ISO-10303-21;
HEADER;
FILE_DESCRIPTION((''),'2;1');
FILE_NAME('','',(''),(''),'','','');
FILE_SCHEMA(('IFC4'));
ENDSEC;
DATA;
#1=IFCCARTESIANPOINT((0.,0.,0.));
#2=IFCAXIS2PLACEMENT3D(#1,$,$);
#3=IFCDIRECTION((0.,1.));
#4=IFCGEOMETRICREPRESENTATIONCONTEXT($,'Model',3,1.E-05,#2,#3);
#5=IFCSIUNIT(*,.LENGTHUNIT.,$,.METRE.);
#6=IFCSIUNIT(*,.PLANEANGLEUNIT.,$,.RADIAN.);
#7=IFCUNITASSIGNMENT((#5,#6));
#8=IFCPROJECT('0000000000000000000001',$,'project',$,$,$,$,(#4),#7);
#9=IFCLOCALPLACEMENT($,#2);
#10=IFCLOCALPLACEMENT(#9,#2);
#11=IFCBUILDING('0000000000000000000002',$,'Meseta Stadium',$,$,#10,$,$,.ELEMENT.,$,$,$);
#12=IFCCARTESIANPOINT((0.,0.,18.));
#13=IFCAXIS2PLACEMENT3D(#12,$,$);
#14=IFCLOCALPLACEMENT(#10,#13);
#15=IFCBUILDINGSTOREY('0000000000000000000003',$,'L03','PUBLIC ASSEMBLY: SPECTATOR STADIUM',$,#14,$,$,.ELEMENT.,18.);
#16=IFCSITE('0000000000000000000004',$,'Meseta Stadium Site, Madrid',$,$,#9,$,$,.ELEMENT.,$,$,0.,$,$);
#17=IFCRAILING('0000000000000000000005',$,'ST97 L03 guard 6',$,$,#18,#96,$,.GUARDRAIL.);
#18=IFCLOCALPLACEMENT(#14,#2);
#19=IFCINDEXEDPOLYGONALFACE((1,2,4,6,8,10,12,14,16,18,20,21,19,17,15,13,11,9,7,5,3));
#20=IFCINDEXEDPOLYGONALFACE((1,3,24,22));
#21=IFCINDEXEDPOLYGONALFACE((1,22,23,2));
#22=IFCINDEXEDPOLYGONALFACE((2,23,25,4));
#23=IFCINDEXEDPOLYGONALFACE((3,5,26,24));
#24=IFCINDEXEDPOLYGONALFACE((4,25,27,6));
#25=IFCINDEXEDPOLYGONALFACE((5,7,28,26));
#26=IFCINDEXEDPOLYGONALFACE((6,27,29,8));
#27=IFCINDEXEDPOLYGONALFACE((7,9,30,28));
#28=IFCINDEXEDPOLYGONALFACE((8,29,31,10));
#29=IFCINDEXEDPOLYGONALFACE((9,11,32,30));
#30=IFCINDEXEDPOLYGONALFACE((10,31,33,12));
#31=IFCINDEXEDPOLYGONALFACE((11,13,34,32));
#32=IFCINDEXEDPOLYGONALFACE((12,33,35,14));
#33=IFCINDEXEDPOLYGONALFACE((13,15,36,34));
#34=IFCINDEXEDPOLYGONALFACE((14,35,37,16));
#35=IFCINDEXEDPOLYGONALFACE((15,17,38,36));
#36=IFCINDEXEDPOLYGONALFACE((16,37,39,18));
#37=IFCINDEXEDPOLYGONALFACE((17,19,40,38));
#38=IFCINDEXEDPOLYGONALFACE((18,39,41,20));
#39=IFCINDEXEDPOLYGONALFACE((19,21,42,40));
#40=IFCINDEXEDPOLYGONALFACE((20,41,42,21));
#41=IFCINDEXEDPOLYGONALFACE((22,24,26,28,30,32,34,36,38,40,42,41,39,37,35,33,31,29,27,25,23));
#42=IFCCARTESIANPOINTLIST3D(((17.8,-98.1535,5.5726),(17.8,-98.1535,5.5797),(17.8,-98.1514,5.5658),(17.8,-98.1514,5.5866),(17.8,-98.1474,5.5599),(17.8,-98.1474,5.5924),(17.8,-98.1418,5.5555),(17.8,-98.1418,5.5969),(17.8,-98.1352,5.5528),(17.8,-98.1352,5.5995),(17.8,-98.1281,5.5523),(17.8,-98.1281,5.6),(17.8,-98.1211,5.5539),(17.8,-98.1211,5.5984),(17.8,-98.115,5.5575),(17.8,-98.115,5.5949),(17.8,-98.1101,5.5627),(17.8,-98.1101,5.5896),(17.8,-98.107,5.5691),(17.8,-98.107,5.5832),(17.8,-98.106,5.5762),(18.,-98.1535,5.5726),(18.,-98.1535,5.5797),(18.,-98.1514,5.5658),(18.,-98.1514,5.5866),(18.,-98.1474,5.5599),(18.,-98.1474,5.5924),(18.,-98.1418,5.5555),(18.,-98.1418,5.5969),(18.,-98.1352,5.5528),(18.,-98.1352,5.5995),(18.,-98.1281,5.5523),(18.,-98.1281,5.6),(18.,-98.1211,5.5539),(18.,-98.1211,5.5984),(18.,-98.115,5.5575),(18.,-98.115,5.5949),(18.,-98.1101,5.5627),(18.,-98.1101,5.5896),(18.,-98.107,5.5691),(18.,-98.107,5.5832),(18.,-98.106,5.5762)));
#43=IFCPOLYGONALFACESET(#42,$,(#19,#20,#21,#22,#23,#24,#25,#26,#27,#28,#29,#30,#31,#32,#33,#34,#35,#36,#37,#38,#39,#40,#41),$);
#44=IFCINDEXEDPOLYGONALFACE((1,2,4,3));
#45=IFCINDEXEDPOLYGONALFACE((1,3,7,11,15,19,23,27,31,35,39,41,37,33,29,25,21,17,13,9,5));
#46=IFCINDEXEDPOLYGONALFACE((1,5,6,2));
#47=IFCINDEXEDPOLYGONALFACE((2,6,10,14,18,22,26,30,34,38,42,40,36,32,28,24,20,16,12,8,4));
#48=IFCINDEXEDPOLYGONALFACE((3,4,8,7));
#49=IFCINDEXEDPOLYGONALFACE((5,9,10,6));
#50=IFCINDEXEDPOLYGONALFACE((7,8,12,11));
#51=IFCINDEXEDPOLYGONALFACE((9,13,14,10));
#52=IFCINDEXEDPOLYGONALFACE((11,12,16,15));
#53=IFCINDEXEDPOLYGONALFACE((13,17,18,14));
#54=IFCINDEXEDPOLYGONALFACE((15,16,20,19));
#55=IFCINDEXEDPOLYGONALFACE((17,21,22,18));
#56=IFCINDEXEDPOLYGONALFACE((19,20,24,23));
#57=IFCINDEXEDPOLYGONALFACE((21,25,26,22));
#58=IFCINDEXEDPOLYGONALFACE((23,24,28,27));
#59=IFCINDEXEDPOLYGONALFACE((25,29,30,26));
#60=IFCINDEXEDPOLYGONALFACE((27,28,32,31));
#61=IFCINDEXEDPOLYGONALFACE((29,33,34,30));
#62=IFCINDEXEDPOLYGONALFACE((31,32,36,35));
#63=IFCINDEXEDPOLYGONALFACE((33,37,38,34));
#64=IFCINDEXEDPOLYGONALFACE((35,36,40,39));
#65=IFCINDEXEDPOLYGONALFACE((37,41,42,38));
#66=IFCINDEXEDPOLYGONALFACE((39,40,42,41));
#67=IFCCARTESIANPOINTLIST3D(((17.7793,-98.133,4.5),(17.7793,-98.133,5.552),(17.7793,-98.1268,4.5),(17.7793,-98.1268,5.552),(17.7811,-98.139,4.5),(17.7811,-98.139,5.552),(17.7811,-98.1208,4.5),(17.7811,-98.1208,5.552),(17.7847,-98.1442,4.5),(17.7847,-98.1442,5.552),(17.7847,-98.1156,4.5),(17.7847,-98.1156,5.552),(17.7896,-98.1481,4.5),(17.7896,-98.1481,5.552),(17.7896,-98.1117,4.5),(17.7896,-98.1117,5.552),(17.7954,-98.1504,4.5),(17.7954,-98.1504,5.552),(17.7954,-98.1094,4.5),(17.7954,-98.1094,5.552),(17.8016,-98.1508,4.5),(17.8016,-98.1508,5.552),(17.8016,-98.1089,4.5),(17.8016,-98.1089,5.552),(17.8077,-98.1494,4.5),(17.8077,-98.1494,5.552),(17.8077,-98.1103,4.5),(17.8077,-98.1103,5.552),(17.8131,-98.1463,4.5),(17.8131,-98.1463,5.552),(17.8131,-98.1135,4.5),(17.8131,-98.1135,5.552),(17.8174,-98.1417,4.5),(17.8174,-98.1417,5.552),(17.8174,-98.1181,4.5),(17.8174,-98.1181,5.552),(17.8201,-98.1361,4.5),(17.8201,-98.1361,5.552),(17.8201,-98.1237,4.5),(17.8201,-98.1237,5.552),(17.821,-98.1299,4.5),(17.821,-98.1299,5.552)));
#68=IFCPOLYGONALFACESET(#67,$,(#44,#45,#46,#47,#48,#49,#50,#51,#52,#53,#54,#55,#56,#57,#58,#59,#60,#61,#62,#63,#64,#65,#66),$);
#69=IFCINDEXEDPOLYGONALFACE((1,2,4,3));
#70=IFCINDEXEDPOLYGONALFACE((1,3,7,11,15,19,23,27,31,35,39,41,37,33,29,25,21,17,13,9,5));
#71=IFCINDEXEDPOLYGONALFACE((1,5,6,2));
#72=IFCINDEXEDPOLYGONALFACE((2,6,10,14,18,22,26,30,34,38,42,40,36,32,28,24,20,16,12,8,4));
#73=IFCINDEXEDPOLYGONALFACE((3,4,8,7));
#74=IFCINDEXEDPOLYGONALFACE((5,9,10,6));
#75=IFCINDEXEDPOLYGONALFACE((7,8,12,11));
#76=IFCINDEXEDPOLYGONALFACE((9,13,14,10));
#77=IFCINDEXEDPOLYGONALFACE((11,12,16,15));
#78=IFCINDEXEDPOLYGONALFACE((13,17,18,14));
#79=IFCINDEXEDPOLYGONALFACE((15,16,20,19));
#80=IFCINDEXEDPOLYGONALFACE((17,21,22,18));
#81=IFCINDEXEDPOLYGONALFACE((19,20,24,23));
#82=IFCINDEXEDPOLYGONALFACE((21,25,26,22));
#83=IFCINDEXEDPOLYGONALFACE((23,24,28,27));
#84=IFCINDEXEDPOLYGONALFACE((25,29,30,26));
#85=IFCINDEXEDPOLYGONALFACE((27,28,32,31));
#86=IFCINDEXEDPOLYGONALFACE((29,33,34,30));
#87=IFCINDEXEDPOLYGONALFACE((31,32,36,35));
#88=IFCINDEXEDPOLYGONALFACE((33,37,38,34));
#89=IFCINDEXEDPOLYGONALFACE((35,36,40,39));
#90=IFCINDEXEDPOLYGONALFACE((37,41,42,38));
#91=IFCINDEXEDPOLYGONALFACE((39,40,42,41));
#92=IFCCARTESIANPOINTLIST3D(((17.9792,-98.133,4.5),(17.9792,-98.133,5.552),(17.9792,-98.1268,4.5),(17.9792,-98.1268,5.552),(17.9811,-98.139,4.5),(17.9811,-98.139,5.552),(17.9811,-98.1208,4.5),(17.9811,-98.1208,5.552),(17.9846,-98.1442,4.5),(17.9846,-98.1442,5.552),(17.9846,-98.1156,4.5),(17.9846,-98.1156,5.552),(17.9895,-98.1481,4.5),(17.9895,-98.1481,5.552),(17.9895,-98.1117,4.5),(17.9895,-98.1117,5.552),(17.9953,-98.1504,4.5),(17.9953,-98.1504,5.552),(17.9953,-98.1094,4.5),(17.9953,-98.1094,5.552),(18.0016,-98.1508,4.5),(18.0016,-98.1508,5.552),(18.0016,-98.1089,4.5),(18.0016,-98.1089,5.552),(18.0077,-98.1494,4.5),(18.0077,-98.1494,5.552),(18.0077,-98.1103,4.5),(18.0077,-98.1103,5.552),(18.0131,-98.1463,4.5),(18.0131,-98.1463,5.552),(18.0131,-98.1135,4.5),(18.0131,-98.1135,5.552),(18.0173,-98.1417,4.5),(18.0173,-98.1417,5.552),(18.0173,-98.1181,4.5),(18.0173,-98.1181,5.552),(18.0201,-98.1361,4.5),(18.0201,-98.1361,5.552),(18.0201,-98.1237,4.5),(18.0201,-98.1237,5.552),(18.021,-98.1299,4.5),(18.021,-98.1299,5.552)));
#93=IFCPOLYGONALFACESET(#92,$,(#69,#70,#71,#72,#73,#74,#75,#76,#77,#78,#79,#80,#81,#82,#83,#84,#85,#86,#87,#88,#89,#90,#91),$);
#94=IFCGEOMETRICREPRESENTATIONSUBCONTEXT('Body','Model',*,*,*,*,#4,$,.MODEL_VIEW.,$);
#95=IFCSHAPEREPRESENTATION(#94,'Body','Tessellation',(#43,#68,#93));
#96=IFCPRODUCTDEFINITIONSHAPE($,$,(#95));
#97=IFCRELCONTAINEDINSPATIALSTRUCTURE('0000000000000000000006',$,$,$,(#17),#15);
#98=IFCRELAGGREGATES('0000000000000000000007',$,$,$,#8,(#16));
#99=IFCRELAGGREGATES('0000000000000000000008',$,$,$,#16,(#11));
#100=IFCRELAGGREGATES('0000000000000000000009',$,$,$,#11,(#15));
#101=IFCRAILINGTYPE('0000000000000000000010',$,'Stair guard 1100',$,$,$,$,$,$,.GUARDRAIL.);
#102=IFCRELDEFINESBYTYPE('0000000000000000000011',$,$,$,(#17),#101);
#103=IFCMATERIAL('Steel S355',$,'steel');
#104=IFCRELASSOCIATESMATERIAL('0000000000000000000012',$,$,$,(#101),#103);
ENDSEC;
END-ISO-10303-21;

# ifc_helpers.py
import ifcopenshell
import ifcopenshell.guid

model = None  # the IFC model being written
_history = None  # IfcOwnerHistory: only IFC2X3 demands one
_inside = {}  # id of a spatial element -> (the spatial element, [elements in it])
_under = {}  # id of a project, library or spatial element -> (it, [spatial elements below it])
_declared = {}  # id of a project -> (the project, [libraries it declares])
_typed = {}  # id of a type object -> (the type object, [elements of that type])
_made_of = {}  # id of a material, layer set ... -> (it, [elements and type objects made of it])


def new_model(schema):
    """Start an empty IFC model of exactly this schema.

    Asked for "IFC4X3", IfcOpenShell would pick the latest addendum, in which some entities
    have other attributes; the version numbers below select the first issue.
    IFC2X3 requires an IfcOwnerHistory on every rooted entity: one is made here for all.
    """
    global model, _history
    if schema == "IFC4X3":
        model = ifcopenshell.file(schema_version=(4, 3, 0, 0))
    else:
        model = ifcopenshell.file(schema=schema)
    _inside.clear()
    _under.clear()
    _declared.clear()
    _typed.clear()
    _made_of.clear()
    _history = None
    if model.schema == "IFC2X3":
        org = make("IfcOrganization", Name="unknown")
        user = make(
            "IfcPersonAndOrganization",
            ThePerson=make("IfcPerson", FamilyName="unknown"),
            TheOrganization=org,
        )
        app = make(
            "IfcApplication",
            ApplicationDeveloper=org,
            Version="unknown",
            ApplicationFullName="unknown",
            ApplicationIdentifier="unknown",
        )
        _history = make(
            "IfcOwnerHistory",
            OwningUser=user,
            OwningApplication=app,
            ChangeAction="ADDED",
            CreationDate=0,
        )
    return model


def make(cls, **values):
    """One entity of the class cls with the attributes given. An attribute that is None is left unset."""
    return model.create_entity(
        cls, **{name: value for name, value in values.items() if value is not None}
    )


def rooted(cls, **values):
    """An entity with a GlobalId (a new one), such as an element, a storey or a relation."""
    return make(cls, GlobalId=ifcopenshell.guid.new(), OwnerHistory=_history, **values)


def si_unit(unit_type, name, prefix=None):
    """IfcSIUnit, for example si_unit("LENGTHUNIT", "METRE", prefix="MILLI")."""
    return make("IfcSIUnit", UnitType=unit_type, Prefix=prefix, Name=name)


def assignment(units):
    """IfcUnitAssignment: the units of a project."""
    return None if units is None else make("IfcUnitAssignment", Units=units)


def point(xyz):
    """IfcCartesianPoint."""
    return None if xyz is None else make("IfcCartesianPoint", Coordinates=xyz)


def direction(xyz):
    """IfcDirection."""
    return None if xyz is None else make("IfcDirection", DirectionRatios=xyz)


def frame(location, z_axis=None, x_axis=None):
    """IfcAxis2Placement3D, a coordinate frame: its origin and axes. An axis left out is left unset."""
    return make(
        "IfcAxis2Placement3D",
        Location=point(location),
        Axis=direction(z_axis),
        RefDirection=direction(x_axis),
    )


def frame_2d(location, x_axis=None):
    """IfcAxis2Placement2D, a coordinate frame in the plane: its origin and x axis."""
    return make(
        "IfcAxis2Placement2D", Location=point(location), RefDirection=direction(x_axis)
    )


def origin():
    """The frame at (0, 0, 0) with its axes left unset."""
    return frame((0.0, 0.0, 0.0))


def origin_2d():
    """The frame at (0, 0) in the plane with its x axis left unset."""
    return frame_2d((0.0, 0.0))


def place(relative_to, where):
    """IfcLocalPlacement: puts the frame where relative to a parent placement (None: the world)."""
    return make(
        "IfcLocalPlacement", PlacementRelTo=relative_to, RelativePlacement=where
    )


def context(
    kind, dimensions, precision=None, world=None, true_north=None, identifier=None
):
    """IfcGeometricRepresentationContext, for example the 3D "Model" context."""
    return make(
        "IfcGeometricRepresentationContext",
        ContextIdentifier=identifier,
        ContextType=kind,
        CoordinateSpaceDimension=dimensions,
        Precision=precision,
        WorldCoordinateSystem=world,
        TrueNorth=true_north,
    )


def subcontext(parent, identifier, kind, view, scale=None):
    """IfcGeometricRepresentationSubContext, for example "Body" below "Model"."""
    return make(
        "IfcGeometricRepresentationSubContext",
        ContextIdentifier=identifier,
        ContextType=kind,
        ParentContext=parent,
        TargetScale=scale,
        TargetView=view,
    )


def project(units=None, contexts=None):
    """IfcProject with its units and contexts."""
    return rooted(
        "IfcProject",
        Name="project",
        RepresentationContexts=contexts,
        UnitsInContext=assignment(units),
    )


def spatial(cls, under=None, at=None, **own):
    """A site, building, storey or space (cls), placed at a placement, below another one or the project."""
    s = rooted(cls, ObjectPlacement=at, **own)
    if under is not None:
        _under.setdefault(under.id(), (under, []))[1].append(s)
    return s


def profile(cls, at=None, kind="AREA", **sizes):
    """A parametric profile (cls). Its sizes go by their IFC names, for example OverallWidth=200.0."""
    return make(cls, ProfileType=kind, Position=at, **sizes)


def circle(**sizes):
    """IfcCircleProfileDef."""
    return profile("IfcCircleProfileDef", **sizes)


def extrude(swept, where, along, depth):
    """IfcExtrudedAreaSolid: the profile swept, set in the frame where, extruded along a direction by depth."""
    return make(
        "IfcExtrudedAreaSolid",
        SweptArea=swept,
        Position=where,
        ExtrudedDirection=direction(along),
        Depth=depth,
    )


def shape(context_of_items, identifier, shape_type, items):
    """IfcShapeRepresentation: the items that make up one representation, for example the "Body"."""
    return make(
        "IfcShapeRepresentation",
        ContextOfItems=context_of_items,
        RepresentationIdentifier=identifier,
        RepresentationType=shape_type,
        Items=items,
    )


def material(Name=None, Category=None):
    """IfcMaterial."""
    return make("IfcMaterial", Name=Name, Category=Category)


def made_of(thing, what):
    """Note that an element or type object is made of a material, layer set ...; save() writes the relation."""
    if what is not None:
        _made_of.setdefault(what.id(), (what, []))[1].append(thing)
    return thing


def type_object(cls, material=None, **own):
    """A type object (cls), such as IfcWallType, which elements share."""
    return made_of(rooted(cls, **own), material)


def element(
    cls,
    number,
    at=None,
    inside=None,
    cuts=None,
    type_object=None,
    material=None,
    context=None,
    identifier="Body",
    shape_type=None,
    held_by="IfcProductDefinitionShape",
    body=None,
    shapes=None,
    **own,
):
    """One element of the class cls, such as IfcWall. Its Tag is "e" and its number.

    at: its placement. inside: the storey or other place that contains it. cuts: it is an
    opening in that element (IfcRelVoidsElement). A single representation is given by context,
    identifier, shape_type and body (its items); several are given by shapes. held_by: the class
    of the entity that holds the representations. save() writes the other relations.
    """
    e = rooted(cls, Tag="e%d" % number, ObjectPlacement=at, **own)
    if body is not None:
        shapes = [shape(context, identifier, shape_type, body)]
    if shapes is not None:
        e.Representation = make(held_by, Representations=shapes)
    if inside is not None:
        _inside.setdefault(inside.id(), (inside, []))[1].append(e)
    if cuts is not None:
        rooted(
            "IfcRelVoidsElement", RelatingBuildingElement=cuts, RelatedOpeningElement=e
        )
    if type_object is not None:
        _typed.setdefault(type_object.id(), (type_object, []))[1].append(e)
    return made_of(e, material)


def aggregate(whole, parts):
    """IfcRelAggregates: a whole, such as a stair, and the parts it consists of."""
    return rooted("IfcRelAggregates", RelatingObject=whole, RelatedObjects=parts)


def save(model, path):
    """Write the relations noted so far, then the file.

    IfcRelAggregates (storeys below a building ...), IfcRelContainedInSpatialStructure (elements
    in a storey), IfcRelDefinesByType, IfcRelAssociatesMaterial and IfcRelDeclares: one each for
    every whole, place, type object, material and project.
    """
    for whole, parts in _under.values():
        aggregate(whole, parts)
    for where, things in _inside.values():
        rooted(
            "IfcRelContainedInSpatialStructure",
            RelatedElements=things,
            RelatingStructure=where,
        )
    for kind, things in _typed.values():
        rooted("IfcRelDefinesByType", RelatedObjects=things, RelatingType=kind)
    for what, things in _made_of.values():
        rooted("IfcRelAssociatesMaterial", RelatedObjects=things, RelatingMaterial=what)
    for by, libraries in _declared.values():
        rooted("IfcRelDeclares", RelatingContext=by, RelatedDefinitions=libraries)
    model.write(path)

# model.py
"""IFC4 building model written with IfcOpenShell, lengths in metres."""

from ifc_helpers import new_model, si_unit, direction, frame, origin, origin_2d, place, context, subcontext, project, spatial, circle, extrude, material, type_object, element, save


model = new_model("IFC4")

# Units and contexts
model_context = context("Model", 3, precision=1e-05, world=origin(), true_north=direction((0.0, 1.0)))
body_context = subcontext(model_context, "Body", "Model", "MODEL_VIEW")
ifc_project = project(units=[si_unit("LENGTHUNIT", "METRE"), si_unit("PLANEANGLEUNIT", "RADIAN")], contexts=[model_context])

# Site, building, storey
site_placement = place(None, origin())
site = spatial("IfcSite", under=ifc_project, at=site_placement, Name="Meseta Stadium Site, Madrid", CompositionType="ELEMENT", RefElevation=0.0)
building_placement = place(site_placement, origin())
building = spatial("IfcBuilding", under=site, at=building_placement, Name="Meseta Stadium", CompositionType="ELEMENT")
storey_placement = place(building_placement, frame((0.0, 0.0, 18.0)))
storey = spatial("IfcBuildingStorey", under=building, at=storey_placement, Name="L03", Description="PUBLIC ASSEMBLY: SPECTATOR STADIUM", CompositionType="ELEMENT", Elevation=18.0)

# Railing
ifc_material_1 = material(Name="Steel S355", Category="steel")
railing_type_1 = type_object("IfcRailingType", Name="Stair guard 1100", PredefinedType="GUARDRAIL", material=ifc_material_1)
railing_1_placement = place(storey_placement, frame((17.8, -98.1299, 4.5)))
element("IfcRailing", 1, at=railing_1_placement, inside=storey, type_object=railing_type_1, Name="ST97 L03 guard 6", PredefinedType="GUARDRAIL", context=body_context, shape_type="SweptSolid", body=[
    extrude(circle(Radius=0.0239, at=origin_2d()), frame((0.0, 0.0, 1.0762), z_axis=(1.0, 0.0, 0.0), x_axis=(0.0, 1.0, 0.0)), (0.0, 0.0, 1.0), 0.2),
    extrude(circle(Radius=0.021, at=origin_2d()), origin(), (0.0, 0.0, 1.0), 1.052),
    extrude(circle(Radius=0.021, at=origin_2d()), frame((0.2, 0.0, 0.0)), (0.0, 0.0, 1.0), 1.052),
])

save(model, "model.ifc")
